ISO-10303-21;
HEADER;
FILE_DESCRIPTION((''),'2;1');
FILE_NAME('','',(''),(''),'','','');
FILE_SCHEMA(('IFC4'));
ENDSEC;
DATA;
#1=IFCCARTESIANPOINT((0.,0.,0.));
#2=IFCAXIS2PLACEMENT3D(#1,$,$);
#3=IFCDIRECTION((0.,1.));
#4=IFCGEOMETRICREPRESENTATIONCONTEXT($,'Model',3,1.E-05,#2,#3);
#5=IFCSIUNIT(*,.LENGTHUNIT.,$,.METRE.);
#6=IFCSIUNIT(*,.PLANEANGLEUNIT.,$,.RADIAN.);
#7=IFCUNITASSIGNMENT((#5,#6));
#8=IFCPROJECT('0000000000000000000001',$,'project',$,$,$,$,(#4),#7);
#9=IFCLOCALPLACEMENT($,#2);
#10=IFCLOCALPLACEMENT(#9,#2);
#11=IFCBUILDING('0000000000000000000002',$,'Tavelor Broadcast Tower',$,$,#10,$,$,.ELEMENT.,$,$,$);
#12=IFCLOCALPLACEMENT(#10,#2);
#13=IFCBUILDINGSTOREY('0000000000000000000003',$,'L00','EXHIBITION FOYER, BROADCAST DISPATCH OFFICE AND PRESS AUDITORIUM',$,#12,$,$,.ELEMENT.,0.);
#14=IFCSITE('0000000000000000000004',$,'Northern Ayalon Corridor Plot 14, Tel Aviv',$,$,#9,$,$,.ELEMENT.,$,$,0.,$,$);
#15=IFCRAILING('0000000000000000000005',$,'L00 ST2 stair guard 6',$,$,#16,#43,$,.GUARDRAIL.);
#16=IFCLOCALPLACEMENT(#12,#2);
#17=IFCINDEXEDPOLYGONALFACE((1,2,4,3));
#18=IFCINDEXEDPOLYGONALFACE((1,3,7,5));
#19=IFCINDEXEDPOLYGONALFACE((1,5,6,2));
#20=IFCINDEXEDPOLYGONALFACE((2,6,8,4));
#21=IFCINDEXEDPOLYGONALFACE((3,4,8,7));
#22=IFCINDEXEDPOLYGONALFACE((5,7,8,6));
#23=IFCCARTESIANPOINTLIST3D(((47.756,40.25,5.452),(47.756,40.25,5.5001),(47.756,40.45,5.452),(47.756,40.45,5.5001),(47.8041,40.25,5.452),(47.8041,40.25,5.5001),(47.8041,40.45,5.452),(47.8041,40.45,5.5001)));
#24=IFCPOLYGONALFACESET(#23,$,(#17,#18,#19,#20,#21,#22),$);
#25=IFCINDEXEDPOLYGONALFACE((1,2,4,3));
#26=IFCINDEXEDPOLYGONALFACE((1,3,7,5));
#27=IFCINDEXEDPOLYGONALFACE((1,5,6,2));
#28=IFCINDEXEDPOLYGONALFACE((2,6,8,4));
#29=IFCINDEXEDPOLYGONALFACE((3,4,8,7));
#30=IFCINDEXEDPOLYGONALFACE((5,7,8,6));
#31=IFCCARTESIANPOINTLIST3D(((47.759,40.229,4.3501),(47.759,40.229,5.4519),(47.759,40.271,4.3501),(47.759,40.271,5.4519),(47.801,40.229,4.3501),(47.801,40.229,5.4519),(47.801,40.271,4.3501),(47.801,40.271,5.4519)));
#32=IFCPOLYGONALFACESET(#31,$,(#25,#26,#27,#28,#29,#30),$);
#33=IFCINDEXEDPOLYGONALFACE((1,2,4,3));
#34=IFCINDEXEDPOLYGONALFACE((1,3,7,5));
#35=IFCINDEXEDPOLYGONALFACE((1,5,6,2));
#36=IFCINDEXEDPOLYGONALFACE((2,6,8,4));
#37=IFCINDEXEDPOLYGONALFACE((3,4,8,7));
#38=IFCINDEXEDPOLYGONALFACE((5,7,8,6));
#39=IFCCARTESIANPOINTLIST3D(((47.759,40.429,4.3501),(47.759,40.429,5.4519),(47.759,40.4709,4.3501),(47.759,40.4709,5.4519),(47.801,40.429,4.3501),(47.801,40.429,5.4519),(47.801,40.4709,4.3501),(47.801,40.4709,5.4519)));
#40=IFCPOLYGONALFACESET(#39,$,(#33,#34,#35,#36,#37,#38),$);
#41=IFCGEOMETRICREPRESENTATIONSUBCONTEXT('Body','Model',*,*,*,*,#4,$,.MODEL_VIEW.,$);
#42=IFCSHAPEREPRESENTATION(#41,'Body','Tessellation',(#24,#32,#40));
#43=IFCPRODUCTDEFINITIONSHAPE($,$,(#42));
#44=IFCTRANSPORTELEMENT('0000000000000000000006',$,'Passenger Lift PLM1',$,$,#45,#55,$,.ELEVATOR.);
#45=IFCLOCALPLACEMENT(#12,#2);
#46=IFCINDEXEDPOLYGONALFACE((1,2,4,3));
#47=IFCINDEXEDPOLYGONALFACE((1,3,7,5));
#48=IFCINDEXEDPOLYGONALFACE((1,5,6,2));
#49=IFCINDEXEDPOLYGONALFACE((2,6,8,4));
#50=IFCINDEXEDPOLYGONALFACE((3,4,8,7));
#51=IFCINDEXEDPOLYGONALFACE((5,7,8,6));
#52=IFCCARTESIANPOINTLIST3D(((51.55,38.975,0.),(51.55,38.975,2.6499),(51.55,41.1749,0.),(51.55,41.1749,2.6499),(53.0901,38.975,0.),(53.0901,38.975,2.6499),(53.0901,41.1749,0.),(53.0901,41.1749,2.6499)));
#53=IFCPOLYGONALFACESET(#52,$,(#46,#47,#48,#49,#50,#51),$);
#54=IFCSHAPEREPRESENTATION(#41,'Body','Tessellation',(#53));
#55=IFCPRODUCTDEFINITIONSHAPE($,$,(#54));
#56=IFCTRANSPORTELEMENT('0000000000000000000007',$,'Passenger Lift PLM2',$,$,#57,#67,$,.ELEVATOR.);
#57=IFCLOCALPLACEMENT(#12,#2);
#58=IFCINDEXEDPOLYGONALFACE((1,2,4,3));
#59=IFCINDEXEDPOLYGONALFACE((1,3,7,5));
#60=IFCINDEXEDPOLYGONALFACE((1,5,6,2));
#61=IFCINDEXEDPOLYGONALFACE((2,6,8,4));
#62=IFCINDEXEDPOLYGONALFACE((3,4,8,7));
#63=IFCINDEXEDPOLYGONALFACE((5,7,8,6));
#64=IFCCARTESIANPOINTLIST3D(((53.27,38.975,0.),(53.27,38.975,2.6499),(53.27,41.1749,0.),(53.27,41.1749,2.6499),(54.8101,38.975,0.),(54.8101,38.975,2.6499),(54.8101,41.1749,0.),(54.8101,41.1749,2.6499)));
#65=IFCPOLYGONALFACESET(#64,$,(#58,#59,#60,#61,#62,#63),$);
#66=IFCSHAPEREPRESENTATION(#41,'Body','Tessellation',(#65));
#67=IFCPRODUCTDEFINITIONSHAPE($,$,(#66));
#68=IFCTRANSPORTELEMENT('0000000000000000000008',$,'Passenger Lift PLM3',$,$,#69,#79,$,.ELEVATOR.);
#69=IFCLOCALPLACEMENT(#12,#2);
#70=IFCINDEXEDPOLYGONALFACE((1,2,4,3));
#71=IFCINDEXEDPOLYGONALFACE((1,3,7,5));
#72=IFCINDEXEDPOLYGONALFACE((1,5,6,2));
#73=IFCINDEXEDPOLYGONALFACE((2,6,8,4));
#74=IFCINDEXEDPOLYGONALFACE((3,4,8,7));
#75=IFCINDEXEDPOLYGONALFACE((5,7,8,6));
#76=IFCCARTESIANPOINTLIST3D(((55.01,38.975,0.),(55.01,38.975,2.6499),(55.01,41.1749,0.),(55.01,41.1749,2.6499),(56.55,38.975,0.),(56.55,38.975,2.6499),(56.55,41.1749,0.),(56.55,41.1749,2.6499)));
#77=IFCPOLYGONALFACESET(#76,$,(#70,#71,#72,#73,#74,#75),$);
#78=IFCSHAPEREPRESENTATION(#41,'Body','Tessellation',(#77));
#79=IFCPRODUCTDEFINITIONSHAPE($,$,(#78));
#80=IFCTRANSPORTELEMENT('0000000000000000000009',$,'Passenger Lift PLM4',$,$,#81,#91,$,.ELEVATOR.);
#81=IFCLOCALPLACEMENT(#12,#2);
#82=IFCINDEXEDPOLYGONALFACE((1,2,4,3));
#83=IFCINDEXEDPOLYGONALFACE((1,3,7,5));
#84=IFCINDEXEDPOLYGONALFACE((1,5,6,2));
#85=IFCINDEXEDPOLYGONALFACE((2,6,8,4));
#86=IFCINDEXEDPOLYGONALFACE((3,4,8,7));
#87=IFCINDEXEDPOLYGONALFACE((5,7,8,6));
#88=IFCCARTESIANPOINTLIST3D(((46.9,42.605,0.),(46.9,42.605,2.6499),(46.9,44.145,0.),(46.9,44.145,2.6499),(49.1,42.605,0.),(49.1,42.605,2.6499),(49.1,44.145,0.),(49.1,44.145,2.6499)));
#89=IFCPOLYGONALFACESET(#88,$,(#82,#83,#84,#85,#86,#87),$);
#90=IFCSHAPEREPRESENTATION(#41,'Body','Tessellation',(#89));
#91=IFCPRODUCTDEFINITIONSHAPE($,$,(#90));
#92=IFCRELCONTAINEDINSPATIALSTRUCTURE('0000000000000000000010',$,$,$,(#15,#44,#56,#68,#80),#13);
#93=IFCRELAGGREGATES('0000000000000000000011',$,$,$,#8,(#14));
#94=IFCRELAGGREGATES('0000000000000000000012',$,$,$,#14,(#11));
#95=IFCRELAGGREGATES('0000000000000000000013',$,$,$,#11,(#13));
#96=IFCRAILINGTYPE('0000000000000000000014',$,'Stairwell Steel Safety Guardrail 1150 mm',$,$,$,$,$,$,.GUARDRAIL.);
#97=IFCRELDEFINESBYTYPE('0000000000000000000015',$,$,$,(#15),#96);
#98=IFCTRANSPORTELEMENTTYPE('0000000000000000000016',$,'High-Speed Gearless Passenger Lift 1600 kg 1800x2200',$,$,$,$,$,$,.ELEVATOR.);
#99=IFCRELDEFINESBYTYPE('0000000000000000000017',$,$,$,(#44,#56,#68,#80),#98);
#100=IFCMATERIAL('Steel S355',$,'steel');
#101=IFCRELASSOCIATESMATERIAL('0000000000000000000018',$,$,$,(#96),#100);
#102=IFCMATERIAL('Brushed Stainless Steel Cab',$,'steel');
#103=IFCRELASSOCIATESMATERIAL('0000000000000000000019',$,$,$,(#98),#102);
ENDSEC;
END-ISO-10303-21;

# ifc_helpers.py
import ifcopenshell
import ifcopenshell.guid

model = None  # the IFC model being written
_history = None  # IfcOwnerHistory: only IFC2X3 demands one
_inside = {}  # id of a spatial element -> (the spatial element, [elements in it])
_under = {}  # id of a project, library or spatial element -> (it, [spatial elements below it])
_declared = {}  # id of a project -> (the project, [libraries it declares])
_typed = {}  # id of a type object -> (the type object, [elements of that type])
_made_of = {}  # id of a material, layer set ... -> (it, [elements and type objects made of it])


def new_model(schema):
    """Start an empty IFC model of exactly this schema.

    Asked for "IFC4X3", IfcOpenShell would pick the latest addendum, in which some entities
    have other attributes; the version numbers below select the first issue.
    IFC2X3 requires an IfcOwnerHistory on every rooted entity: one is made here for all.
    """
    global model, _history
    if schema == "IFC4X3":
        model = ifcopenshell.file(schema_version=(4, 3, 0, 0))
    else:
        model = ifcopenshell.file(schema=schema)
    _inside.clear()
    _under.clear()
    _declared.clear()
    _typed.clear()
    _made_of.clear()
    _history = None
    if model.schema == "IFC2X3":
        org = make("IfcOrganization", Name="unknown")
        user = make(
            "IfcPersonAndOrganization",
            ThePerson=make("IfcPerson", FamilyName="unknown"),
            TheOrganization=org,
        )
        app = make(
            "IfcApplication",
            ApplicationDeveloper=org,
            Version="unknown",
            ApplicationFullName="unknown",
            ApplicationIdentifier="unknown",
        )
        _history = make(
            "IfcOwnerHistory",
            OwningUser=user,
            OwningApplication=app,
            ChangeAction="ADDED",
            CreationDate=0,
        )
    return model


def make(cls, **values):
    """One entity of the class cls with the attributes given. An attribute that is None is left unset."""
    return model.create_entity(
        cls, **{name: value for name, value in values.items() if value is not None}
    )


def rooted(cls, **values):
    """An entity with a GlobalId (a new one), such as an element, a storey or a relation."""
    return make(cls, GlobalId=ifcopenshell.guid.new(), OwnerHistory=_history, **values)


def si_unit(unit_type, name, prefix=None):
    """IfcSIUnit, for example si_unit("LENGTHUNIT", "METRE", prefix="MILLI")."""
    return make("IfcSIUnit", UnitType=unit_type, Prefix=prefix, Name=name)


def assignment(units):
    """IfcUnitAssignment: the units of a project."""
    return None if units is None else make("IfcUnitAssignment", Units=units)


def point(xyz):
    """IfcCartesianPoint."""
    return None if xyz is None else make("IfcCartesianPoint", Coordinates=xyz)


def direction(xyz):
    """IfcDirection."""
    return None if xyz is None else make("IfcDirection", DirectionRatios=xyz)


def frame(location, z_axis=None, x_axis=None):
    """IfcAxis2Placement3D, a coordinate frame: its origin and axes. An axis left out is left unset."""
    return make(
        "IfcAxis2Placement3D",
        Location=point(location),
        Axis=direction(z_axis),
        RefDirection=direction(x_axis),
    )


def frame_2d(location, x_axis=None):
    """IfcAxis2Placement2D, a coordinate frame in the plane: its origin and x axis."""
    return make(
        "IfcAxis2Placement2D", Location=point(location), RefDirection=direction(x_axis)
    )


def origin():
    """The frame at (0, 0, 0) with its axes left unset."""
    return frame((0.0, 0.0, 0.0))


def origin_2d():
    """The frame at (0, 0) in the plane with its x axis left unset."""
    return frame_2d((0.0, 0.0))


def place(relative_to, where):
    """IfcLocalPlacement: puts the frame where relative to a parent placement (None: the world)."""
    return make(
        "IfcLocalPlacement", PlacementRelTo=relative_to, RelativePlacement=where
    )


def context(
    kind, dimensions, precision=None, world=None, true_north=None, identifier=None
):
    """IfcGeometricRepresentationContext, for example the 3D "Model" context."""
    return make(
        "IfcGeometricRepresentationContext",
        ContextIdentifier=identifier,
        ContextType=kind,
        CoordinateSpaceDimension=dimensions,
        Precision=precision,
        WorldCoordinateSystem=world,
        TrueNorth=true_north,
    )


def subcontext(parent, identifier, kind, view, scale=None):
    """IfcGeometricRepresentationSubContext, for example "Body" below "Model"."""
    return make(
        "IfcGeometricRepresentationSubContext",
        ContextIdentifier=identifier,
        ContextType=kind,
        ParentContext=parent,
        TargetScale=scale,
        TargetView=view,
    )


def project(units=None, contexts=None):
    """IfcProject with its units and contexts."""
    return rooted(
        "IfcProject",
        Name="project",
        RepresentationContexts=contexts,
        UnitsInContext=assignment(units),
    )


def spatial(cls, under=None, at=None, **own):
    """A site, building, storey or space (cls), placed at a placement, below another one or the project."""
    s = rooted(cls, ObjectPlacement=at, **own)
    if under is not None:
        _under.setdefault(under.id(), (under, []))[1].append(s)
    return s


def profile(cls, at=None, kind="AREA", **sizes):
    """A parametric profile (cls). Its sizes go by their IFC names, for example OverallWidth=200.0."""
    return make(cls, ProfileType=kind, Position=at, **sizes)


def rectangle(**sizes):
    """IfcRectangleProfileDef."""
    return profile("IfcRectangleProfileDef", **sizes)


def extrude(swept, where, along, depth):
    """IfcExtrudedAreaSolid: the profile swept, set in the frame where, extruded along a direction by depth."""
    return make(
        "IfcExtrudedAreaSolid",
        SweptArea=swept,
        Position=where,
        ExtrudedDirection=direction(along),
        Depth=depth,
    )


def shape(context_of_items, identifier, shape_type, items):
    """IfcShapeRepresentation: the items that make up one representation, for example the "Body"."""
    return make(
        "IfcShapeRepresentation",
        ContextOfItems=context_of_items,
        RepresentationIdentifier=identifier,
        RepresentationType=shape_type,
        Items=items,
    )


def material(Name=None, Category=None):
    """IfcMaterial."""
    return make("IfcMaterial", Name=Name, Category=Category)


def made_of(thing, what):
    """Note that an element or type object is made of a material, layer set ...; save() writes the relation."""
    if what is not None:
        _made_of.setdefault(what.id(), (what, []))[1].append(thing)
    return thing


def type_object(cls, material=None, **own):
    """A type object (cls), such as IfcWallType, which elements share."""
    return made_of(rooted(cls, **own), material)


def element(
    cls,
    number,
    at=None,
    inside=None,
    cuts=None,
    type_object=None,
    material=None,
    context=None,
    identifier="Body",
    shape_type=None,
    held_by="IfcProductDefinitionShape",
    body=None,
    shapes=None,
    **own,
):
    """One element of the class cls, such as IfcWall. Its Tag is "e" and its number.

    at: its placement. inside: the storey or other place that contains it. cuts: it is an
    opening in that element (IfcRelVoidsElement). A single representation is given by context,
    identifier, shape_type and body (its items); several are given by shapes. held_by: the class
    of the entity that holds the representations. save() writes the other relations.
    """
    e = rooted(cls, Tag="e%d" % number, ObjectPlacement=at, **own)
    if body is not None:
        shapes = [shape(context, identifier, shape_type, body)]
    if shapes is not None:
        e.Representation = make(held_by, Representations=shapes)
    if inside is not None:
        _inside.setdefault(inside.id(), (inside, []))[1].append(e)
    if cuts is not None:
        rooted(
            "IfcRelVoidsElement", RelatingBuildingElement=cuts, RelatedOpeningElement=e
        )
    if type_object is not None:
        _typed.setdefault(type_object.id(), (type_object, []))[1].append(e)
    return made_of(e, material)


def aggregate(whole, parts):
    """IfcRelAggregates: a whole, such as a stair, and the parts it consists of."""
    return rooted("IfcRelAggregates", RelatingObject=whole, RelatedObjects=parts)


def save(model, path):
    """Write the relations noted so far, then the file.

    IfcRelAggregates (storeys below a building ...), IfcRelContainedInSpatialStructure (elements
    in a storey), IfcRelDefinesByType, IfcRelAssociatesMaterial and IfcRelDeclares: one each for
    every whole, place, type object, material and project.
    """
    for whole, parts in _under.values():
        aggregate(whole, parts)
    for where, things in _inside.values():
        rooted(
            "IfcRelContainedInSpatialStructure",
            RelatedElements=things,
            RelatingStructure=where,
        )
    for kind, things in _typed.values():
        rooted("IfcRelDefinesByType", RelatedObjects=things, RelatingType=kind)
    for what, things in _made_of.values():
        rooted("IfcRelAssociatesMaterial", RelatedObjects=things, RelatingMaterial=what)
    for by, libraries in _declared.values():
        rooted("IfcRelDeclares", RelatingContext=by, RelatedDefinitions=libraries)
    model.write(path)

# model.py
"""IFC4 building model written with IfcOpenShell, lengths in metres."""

from ifc_helpers import new_model, si_unit, direction, frame, origin, origin_2d, place, context, subcontext, project, spatial, rectangle, extrude, material, type_object, element, save


model = new_model("IFC4")

# Units and contexts
model_context = context("Model", 3, precision=1e-05, world=origin(), true_north=direction((0.0, 1.0)))
body_context = subcontext(model_context, "Body", "Model", "MODEL_VIEW")
ifc_project = project(units=[si_unit("LENGTHUNIT", "METRE"), si_unit("PLANEANGLEUNIT", "RADIAN")], contexts=[model_context])

# Site, building, storey
site_placement = place(None, origin())
site = spatial("IfcSite", under=ifc_project, at=site_placement, Name="Northern Ayalon Corridor Plot 14, Tel Aviv", CompositionType="ELEMENT", RefElevation=0.0)
building_placement = place(site_placement, origin())
building = spatial("IfcBuilding", under=site, at=building_placement, Name="Tavelor Broadcast Tower", CompositionType="ELEMENT")
storey_placement = place(building_placement, origin())
storey = spatial("IfcBuildingStorey", under=building, at=storey_placement, Name="L00", Description="EXHIBITION FOYER, BROADCAST DISPATCH OFFICE AND PRESS AUDITORIUM", CompositionType="ELEMENT", Elevation=0.0)

# Shared definitions
ifc_material_1 = material(Name="Steel S355", Category="steel")

# Railing
railing_type_1 = type_object("IfcRailingType", Name="Stairwell Steel Safety Guardrail 1150 mm", PredefinedType="GUARDRAIL", material=ifc_material_1)
for number, where, name in (
    (1, (47.78, 40.25, 4.3501), "L00 ST2 stair guard 6"),
):
    element("IfcRailing", number, at=place(storey_placement, frame(where)), inside=storey, type_object=railing_type_1, Name=name, PredefinedType="GUARDRAIL", context=body_context, shape_type="SweptSolid", body=[
        extrude(rectangle(XDim=0.0481, YDim=0.0481, at=origin_2d()), frame((0.0, 0.0, 1.126), z_axis=(0.0, 1.0, 0.0), x_axis=(-1.0, 0.0, 0.0)), (0.0, 0.0, 1.0), 0.2),
        extrude(rectangle(XDim=0.042, YDim=0.042, at=origin_2d()), origin(), (0.0, 0.0, 1.0), 1.1018),
        extrude(rectangle(XDim=0.042, YDim=0.042, at=origin_2d()), frame((0.0, 0.2, 0.0)), (0.0, 0.0, 1.0), 1.1018),
    ])

# Transport elements
ifc_material_2 = material(Name="Brushed Stainless Steel Cab", Category="steel")
transport_element_type = type_object("IfcTransportElementType", Name="High-Speed Gearless Passenger Lift 1600 kg 1800x2200", PredefinedType="ELEVATOR", material=ifc_material_2)
for number, where, z_axis, x_axis, name in (
    (2, (52.3201, 40.075, 0.0), (0.0, 0.0, 1.0), (1.0, 0.0, 0.0), "Passenger Lift PLM1"),
    (3, (54.04, 40.075, 0.0), (0.0, 0.0, 1.0), (1.0, 0.0, 0.0), "Passenger Lift PLM2"),
    (4, (55.78, 40.075, 0.0), (0.0, 0.0, 1.0), (1.0, 0.0, 0.0), "Passenger Lift PLM3"),
    (5, (48.0, 43.375, 0.0), (0.0, 0.0, 1.0), (0.0, -1.0, 0.0), "Passenger Lift PLM4"),
):
    element("IfcTransportElement", number, at=place(storey_placement, frame(where, z_axis=z_axis, x_axis=x_axis)), inside=storey, type_object=transport_element_type, Name=name, PredefinedType="ELEVATOR", context=body_context, shape_type="SweptSolid", body=[
        extrude(rectangle(XDim=1.54, YDim=2.2, at=origin_2d()), origin(), (0.0, 0.0, 1.0), 2.6499),
    ])

save(model, "model.ifc")
